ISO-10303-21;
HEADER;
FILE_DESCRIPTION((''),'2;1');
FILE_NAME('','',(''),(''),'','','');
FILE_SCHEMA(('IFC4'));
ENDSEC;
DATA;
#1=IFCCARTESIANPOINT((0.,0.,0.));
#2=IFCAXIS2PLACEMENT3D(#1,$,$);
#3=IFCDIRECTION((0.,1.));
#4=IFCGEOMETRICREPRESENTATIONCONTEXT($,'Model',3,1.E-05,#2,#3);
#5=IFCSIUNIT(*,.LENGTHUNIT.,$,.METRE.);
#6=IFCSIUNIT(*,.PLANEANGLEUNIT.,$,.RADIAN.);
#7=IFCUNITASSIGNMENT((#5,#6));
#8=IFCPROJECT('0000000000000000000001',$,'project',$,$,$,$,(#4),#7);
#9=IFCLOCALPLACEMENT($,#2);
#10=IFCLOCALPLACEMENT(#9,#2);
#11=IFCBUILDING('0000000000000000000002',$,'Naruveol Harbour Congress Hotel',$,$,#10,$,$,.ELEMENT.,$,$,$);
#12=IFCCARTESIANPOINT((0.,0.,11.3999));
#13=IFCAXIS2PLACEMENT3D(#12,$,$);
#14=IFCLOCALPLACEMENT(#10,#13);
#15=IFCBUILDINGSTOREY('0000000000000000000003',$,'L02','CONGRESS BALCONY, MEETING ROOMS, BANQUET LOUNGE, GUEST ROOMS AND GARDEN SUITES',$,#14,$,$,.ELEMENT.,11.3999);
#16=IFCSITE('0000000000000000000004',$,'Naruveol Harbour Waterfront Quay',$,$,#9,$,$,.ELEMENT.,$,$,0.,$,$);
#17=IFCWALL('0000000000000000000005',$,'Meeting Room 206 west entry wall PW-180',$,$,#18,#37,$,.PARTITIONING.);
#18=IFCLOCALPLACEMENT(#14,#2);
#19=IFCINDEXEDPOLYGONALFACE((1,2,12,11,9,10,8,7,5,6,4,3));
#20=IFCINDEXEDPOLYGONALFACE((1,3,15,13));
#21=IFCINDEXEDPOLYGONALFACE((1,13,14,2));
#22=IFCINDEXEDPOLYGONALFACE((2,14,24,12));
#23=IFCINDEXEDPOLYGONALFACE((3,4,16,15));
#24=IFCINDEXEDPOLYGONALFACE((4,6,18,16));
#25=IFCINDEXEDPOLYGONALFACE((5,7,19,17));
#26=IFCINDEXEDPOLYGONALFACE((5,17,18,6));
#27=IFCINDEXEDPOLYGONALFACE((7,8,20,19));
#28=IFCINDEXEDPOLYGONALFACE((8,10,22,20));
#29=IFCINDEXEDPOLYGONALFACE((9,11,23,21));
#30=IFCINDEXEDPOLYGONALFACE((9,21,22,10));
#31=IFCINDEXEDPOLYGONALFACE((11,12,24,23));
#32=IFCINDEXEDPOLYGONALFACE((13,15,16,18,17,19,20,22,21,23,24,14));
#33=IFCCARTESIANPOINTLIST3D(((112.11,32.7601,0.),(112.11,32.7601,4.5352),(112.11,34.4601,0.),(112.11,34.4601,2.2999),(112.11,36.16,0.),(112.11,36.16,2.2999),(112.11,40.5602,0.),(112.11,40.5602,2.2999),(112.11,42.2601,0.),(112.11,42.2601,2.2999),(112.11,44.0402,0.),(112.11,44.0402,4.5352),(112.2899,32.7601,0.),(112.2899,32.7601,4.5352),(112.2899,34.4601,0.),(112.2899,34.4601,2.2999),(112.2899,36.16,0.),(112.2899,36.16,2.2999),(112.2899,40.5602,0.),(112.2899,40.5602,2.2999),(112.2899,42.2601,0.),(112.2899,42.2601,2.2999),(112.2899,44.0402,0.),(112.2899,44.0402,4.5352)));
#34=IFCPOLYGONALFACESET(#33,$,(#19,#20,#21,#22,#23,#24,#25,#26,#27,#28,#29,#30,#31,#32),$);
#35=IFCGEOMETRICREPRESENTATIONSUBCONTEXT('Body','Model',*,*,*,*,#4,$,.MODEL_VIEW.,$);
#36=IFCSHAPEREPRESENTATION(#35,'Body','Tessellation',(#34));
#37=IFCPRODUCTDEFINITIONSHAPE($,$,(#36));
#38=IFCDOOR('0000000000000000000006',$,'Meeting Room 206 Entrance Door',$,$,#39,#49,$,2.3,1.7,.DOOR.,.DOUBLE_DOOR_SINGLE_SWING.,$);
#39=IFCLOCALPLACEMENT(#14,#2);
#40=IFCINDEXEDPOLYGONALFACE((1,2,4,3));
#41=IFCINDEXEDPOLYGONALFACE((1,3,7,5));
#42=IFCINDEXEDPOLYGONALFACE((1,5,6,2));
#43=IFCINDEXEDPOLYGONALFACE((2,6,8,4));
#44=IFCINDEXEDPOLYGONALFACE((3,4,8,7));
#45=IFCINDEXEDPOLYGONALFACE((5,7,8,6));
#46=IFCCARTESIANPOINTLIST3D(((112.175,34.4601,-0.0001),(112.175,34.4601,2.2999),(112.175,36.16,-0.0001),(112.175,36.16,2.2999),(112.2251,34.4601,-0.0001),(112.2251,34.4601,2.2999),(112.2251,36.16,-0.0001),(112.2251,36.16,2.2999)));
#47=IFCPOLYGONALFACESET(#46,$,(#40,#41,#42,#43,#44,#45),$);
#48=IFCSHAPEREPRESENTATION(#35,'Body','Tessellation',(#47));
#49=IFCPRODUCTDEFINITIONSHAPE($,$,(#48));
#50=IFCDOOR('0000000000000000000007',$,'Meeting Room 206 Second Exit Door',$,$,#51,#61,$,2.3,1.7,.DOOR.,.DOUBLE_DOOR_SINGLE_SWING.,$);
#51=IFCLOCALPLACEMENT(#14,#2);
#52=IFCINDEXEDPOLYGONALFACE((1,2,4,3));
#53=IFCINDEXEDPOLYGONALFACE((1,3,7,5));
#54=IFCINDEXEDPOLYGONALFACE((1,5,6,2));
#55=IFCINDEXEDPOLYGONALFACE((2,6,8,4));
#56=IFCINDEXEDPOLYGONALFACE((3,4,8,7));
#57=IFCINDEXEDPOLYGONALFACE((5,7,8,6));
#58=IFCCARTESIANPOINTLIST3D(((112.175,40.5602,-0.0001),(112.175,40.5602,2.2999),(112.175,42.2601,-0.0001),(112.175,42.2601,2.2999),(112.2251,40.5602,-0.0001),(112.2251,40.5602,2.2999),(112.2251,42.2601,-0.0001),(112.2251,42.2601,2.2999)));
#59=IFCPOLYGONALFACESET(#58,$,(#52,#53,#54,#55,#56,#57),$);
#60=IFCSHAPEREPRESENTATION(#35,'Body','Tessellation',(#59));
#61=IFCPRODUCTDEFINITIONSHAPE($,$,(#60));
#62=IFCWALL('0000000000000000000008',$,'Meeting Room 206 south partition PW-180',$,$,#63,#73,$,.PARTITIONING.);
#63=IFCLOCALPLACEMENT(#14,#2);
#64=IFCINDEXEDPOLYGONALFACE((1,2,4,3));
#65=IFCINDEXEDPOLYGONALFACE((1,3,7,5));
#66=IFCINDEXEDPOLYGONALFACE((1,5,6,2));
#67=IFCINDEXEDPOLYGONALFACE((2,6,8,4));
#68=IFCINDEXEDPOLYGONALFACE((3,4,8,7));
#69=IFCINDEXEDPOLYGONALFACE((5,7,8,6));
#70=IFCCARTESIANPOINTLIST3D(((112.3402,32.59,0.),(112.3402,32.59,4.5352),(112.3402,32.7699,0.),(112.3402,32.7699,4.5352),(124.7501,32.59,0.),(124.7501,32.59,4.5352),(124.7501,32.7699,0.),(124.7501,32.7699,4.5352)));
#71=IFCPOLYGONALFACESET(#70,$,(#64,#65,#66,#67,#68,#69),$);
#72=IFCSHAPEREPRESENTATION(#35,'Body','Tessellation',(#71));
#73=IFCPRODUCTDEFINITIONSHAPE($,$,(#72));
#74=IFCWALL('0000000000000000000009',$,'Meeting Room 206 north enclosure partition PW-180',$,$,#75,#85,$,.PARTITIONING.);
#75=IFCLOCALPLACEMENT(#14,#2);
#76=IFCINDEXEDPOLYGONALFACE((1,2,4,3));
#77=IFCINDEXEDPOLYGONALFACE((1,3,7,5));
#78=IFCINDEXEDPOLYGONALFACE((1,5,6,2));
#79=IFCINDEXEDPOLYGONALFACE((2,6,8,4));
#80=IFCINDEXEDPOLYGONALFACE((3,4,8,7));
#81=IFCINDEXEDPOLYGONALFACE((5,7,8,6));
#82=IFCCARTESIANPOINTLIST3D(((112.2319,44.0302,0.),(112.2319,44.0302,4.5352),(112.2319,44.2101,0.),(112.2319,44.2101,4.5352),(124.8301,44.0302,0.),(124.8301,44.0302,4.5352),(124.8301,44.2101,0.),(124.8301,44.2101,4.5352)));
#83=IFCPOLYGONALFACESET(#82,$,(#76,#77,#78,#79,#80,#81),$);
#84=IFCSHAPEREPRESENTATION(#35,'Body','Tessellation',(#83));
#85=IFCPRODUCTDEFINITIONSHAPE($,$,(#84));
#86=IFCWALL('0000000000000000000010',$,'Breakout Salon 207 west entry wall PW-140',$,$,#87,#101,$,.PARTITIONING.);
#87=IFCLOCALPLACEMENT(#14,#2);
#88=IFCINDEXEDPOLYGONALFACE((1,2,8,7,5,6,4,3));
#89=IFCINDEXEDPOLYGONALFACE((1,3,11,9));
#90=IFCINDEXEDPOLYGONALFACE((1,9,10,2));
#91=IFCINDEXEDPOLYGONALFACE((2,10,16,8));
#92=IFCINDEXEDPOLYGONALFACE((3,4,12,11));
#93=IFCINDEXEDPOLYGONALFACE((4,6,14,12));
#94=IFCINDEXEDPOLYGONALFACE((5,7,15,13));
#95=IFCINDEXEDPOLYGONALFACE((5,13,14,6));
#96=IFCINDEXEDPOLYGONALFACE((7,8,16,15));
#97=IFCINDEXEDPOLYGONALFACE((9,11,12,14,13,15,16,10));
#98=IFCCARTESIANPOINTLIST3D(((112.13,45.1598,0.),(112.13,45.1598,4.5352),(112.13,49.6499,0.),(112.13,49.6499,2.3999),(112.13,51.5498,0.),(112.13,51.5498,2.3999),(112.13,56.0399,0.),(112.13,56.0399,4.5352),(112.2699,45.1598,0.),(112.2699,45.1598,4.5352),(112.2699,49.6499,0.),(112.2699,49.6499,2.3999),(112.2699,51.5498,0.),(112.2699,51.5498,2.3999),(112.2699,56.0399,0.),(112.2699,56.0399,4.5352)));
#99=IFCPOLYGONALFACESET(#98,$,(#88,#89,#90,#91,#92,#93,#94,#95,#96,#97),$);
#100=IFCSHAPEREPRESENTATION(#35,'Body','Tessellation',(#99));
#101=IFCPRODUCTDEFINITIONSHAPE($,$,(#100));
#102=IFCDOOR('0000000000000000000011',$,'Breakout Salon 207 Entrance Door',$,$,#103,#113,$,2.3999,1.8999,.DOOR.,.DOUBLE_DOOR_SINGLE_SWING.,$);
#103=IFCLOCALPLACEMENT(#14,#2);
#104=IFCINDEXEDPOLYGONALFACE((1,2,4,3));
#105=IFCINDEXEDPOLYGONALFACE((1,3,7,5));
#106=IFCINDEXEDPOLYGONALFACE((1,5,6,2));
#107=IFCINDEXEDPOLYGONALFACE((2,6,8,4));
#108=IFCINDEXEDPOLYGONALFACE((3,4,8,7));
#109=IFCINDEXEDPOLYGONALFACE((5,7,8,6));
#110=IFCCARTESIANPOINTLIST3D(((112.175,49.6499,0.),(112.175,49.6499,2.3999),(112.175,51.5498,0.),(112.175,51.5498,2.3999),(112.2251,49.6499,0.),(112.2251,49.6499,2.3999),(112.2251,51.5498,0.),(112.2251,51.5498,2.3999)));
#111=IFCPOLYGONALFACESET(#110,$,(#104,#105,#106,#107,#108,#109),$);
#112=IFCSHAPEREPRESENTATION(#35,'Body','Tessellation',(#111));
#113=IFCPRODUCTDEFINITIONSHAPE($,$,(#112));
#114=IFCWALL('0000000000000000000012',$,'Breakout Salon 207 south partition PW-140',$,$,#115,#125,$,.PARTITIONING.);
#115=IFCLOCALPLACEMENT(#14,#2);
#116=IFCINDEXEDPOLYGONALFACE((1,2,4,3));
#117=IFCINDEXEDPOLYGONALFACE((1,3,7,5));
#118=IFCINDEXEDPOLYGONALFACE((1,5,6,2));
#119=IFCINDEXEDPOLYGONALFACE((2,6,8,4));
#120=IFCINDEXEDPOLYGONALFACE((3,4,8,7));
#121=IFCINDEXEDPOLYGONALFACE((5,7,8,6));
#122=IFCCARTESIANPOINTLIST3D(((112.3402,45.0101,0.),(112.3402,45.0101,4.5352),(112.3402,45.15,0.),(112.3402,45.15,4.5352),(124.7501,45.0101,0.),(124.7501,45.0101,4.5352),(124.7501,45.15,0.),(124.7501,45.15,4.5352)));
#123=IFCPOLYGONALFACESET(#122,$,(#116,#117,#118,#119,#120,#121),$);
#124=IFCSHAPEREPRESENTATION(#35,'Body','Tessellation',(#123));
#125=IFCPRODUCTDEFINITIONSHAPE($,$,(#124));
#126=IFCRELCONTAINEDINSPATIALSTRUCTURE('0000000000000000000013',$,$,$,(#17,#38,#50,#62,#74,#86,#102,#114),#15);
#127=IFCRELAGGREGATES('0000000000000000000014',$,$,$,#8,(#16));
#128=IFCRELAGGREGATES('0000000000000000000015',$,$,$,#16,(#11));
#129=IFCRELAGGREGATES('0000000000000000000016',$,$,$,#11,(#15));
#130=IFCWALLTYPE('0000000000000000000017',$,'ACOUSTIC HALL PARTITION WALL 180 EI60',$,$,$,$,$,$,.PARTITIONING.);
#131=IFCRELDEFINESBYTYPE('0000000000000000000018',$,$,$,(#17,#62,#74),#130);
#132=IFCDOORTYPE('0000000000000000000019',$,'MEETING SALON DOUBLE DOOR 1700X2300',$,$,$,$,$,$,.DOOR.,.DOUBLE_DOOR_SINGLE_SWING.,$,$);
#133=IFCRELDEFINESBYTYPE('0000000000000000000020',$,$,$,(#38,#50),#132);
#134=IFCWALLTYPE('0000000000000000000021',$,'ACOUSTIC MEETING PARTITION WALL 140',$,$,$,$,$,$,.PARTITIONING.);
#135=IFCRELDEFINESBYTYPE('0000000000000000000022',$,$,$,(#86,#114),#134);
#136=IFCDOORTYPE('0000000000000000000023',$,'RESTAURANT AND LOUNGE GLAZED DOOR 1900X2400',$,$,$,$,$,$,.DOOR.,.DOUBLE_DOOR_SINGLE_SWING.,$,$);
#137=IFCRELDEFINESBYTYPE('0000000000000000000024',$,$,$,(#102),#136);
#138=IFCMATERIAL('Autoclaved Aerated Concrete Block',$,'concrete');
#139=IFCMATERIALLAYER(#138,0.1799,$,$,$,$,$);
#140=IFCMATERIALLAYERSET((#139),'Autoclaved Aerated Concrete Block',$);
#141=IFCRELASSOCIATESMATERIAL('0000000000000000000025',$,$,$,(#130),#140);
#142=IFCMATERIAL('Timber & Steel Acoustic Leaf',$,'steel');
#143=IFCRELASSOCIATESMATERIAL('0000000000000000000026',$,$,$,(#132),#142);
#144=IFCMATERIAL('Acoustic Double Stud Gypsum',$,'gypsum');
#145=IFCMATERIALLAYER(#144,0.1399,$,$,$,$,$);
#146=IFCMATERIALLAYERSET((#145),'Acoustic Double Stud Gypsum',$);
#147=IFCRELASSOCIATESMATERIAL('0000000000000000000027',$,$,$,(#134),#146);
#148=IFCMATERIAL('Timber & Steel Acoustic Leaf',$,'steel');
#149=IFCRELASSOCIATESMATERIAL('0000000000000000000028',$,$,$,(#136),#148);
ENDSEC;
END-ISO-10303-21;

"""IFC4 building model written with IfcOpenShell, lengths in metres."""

from ifc_helpers import new_model, si_unit, direction, frame, frame_2d, origin, place, context, subcontext, project, spatial, rectangle, extrude, material, layer, layer_set, type_object, element, fill, save


model = new_model("IFC4")

# Units and contexts
model_context = context("Model", 3, precision=1e-05, world=origin(), true_north=direction((0.0, 1.0)))
body_context = subcontext(model_context, "Body", "Model", "MODEL_VIEW")
ifc_project = project(units=[si_unit("LENGTHUNIT", "METRE"), si_unit("PLANEANGLEUNIT", "RADIAN")], contexts=[model_context])

# Site, building, storey
site_placement = place(None, origin())
site = spatial("IfcSite", under=ifc_project, at=site_placement, Name="Naruveol Harbour Waterfront Quay", CompositionType="ELEMENT", RefElevation=0.0)
building_placement = place(site_placement, origin())
building = spatial("IfcBuilding", under=site, at=building_placement, Name="Naruveol Harbour Congress Hotel", CompositionType="ELEMENT")
storey_placement = place(building_placement, frame((0.0, 0.0, 11.3999)))
storey = spatial("IfcBuildingStorey", under=building, at=storey_placement, Name="L02", Description="CONGRESS BALCONY, MEETING ROOMS, BANQUET LOUNGE, GUEST ROOMS AND GARDEN SUITES", CompositionType="ELEMENT", Elevation=11.3999)

# Wall, openings, doors
ifc_material_1 = material(Name="Autoclaved Aerated Concrete Block", Category="concrete")
ifc_layer_1 = layer(ifc_material_1, 0.1799)
ifc_layer_set_1 = layer_set([ifc_layer_1], Name="Autoclaved Aerated Concrete Block")
wall_type_1 = type_object("IfcWallType", Name="ACOUSTIC HALL PARTITION WALL 180 EI60", PredefinedType="PARTITIONING", material=ifc_layer_set_1)
wall_1_placement = place(storey_placement, frame((112.2, 32.76, 0.0), z_axis=(0.0, 0.0, 1.0), x_axis=(0.0, 1.0, 0.0)))
wall_1 = element("IfcWall", 1, at=wall_1_placement, inside=storey, type_object=wall_type_1, Name="Meeting Room 206 west entry wall PW-180", PredefinedType="PARTITIONING", context=body_context, shape_type="SweptSolid", body=[
    extrude(rectangle(XDim=11.28, YDim=0.1799, at=frame_2d((5.6401, 0.0))), origin(), (0.0, 0.0, 1.0), 4.5352),
])
opening_1_placement = place(wall_1_placement, frame((1.7, 0.0, 0.0)))
opening_1 = element("IfcOpeningElement", 2, at=opening_1_placement, cuts=wall_1, PredefinedType="OPENING", context=body_context, shape_type="SweptSolid", body=[
    extrude(rectangle(XDim=1.7, YDim=2.3, at=frame_2d((0.8501, 1.1499))), frame((0.0, 0.0999, 0.0), z_axis=(0.0, -1.0, 0.0), x_axis=(1.0, 0.0, 0.0)), (0.0, 0.0, 1.0), 0.2),
])
opening_2_placement = place(wall_1_placement, frame((7.8, 0.0, 0.0)))
opening_2 = element("IfcOpeningElement", 3, at=opening_2_placement, cuts=wall_1, PredefinedType="OPENING", context=body_context, shape_type="SweptSolid", body=[
    extrude(rectangle(XDim=1.7, YDim=2.3, at=frame_2d((0.8501, 1.1499))), frame((0.0, 0.0999, 0.0), z_axis=(0.0, -1.0, 0.0), x_axis=(1.0, 0.0, 0.0)), (0.0, 0.0, 1.0), 0.2),
])
ifc_material_2 = material(Name="Timber & Steel Acoustic Leaf", Category="steel")
door_type_1 = type_object("IfcDoorType", Name="MEETING SALON DOUBLE DOOR 1700X2300", OperationType="DOUBLE_DOOR_SINGLE_SWING", PredefinedType="DOOR", material=ifc_material_2)
door_1_placement = place(opening_1_placement, origin())
door_1 = element("IfcDoor", 4, at=door_1_placement, inside=storey, type_object=door_type_1, Name="Meeting Room 206 Entrance Door", OperationType="DOUBLE_DOOR_SINGLE_SWING", OverallHeight=2.3, OverallWidth=1.7, PredefinedType="DOOR", context=body_context, shape_type="SweptSolid", body=[
    extrude(rectangle(XDim=1.7, YDim=2.3, at=frame_2d((0.8501, 1.1499))), frame((0.0, 0.0249, 0.0), z_axis=(0.0, -1.0, 0.0), x_axis=(1.0, 0.0, 0.0)), (0.0, 0.0, 1.0), 0.05),
])
fill(opening_1, door_1)
door_2_placement = place(opening_2_placement, origin())
door_2 = element("IfcDoor", 5, at=door_2_placement, inside=storey, type_object=door_type_1, Name="Meeting Room 206 Second Exit Door", OperationType="DOUBLE_DOOR_SINGLE_SWING", OverallHeight=2.3, OverallWidth=1.7, PredefinedType="DOOR", context=body_context, shape_type="SweptSolid", body=[
    extrude(rectangle(XDim=1.7, YDim=2.3, at=frame_2d((0.8501, 1.1499))), frame((0.0, 0.0249, 0.0), z_axis=(0.0, -1.0, 0.0), x_axis=(1.0, 0.0, 0.0)), (0.0, 0.0, 1.0), 0.05),
])
fill(opening_2, door_2)

# Walls
wall_2_placement = place(storey_placement, frame((112.3401, 32.6799, 0.0), z_axis=(0.0, 0.0, 1.0), x_axis=(1.0, 0.0, 0.0)))
element("IfcWall", 6, at=wall_2_placement, inside=storey, type_object=wall_type_1, Name="Meeting Room 206 south partition PW-180", PredefinedType="PARTITIONING", context=body_context, shape_type="SweptSolid", body=[
    extrude(rectangle(XDim=12.4099, YDim=0.1799, at=frame_2d((6.2051, 0.0))), origin(), (0.0, 0.0, 1.0), 4.5352),
])
wall_3_placement = place(storey_placement, frame((112.2319, 44.1201, 0.0), z_axis=(0.0, 0.0, 1.0), x_axis=(1.0, 0.0, 0.0)))
element("IfcWall", 7, at=wall_3_placement, inside=storey, type_object=wall_type_1, Name="Meeting Room 206 north enclosure partition PW-180", PredefinedType="PARTITIONING", context=body_context, shape_type="SweptSolid", body=[
    extrude(rectangle(XDim=12.5981, YDim=0.1799, at=frame_2d((6.2991, 0.0))), origin(), (0.0, 0.0, 1.0), 4.5352),
])

# Wall, opening, door
ifc_material_3 = material(Name="Acoustic Double Stud Gypsum", Category="gypsum")
ifc_layer_2 = layer(ifc_material_3, 0.1399)
ifc_layer_set_2 = layer_set([ifc_layer_2], Name="Acoustic Double Stud Gypsum")
wall_type_2 = type_object("IfcWallType", Name="ACOUSTIC MEETING PARTITION WALL 140", PredefinedType="PARTITIONING", material=ifc_layer_set_2)
wall_4_placement = place(storey_placement, frame((112.2, 45.1599, 0.0), z_axis=(0.0, 0.0, 1.0), x_axis=(0.0, 1.0, 0.0)))
wall_4 = element("IfcWall", 8, at=wall_4_placement, inside=storey, type_object=wall_type_2, Name="Breakout Salon 207 west entry wall PW-140", PredefinedType="PARTITIONING", context=body_context, shape_type="SweptSolid", body=[
    extrude(rectangle(XDim=10.8801, YDim=0.1399, at=frame_2d((5.4399, 0.0))), origin(), (0.0, 0.0, 1.0), 4.5352),
])
opening_3_placement = place(wall_4_placement, frame((4.49, 0.0, 0.0)))
opening_3 = element("IfcOpeningElement", 9, at=opening_3_placement, cuts=wall_4, PredefinedType="OPENING", context=body_context, shape_type="SweptSolid", body=[
    extrude(rectangle(XDim=1.8999, YDim=2.3999, at=frame_2d((0.95, 1.2))), frame((0.0, 0.0798, 0.0), z_axis=(0.0, -1.0, 0.0), x_axis=(1.0, 0.0, 0.0)), (0.0, 0.0, 1.0), 0.1599),
])
ifc_material_4 = material(Name="Timber & Steel Acoustic Leaf", Category="steel")
door_type_2 = type_object("IfcDoorType", Name="RESTAURANT AND LOUNGE GLAZED DOOR 1900X2400", OperationType="DOUBLE_DOOR_SINGLE_SWING", PredefinedType="DOOR", material=ifc_material_4)
door_3_placement = place(opening_3_placement, origin())
door_3 = element("IfcDoor", 10, at=door_3_placement, inside=storey, type_object=door_type_2, Name="Breakout Salon 207 Entrance Door", OperationType="DOUBLE_DOOR_SINGLE_SWING", OverallHeight=2.3999, OverallWidth=1.8999, PredefinedType="DOOR", context=body_context, shape_type="SweptSolid", body=[
    extrude(rectangle(XDim=1.8999, YDim=2.3999, at=frame_2d((0.95, 1.2))), frame((0.0, 0.0249, 0.0), z_axis=(0.0, -1.0, 0.0), x_axis=(1.0, 0.0, 0.0)), (0.0, 0.0, 1.0), 0.05),
])
fill(opening_3, door_3)

# Wall
wall_5_placement = place(storey_placement, frame((112.3401, 45.0801, 0.0), z_axis=(0.0, 0.0, 1.0), x_axis=(1.0, 0.0, 0.0)))
element("IfcWall", 11, at=wall_5_placement, inside=storey, type_object=wall_type_2, Name="Breakout Salon 207 south partition PW-140", PredefinedType="PARTITIONING", context=body_context, shape_type="SweptSolid", body=[
    extrude(rectangle(XDim=12.4099, YDim=0.1399, at=frame_2d((6.2051, 0.0))), origin(), (0.0, 0.0, 1.0), 4.5352),
])

save(model, "model.ifc")
